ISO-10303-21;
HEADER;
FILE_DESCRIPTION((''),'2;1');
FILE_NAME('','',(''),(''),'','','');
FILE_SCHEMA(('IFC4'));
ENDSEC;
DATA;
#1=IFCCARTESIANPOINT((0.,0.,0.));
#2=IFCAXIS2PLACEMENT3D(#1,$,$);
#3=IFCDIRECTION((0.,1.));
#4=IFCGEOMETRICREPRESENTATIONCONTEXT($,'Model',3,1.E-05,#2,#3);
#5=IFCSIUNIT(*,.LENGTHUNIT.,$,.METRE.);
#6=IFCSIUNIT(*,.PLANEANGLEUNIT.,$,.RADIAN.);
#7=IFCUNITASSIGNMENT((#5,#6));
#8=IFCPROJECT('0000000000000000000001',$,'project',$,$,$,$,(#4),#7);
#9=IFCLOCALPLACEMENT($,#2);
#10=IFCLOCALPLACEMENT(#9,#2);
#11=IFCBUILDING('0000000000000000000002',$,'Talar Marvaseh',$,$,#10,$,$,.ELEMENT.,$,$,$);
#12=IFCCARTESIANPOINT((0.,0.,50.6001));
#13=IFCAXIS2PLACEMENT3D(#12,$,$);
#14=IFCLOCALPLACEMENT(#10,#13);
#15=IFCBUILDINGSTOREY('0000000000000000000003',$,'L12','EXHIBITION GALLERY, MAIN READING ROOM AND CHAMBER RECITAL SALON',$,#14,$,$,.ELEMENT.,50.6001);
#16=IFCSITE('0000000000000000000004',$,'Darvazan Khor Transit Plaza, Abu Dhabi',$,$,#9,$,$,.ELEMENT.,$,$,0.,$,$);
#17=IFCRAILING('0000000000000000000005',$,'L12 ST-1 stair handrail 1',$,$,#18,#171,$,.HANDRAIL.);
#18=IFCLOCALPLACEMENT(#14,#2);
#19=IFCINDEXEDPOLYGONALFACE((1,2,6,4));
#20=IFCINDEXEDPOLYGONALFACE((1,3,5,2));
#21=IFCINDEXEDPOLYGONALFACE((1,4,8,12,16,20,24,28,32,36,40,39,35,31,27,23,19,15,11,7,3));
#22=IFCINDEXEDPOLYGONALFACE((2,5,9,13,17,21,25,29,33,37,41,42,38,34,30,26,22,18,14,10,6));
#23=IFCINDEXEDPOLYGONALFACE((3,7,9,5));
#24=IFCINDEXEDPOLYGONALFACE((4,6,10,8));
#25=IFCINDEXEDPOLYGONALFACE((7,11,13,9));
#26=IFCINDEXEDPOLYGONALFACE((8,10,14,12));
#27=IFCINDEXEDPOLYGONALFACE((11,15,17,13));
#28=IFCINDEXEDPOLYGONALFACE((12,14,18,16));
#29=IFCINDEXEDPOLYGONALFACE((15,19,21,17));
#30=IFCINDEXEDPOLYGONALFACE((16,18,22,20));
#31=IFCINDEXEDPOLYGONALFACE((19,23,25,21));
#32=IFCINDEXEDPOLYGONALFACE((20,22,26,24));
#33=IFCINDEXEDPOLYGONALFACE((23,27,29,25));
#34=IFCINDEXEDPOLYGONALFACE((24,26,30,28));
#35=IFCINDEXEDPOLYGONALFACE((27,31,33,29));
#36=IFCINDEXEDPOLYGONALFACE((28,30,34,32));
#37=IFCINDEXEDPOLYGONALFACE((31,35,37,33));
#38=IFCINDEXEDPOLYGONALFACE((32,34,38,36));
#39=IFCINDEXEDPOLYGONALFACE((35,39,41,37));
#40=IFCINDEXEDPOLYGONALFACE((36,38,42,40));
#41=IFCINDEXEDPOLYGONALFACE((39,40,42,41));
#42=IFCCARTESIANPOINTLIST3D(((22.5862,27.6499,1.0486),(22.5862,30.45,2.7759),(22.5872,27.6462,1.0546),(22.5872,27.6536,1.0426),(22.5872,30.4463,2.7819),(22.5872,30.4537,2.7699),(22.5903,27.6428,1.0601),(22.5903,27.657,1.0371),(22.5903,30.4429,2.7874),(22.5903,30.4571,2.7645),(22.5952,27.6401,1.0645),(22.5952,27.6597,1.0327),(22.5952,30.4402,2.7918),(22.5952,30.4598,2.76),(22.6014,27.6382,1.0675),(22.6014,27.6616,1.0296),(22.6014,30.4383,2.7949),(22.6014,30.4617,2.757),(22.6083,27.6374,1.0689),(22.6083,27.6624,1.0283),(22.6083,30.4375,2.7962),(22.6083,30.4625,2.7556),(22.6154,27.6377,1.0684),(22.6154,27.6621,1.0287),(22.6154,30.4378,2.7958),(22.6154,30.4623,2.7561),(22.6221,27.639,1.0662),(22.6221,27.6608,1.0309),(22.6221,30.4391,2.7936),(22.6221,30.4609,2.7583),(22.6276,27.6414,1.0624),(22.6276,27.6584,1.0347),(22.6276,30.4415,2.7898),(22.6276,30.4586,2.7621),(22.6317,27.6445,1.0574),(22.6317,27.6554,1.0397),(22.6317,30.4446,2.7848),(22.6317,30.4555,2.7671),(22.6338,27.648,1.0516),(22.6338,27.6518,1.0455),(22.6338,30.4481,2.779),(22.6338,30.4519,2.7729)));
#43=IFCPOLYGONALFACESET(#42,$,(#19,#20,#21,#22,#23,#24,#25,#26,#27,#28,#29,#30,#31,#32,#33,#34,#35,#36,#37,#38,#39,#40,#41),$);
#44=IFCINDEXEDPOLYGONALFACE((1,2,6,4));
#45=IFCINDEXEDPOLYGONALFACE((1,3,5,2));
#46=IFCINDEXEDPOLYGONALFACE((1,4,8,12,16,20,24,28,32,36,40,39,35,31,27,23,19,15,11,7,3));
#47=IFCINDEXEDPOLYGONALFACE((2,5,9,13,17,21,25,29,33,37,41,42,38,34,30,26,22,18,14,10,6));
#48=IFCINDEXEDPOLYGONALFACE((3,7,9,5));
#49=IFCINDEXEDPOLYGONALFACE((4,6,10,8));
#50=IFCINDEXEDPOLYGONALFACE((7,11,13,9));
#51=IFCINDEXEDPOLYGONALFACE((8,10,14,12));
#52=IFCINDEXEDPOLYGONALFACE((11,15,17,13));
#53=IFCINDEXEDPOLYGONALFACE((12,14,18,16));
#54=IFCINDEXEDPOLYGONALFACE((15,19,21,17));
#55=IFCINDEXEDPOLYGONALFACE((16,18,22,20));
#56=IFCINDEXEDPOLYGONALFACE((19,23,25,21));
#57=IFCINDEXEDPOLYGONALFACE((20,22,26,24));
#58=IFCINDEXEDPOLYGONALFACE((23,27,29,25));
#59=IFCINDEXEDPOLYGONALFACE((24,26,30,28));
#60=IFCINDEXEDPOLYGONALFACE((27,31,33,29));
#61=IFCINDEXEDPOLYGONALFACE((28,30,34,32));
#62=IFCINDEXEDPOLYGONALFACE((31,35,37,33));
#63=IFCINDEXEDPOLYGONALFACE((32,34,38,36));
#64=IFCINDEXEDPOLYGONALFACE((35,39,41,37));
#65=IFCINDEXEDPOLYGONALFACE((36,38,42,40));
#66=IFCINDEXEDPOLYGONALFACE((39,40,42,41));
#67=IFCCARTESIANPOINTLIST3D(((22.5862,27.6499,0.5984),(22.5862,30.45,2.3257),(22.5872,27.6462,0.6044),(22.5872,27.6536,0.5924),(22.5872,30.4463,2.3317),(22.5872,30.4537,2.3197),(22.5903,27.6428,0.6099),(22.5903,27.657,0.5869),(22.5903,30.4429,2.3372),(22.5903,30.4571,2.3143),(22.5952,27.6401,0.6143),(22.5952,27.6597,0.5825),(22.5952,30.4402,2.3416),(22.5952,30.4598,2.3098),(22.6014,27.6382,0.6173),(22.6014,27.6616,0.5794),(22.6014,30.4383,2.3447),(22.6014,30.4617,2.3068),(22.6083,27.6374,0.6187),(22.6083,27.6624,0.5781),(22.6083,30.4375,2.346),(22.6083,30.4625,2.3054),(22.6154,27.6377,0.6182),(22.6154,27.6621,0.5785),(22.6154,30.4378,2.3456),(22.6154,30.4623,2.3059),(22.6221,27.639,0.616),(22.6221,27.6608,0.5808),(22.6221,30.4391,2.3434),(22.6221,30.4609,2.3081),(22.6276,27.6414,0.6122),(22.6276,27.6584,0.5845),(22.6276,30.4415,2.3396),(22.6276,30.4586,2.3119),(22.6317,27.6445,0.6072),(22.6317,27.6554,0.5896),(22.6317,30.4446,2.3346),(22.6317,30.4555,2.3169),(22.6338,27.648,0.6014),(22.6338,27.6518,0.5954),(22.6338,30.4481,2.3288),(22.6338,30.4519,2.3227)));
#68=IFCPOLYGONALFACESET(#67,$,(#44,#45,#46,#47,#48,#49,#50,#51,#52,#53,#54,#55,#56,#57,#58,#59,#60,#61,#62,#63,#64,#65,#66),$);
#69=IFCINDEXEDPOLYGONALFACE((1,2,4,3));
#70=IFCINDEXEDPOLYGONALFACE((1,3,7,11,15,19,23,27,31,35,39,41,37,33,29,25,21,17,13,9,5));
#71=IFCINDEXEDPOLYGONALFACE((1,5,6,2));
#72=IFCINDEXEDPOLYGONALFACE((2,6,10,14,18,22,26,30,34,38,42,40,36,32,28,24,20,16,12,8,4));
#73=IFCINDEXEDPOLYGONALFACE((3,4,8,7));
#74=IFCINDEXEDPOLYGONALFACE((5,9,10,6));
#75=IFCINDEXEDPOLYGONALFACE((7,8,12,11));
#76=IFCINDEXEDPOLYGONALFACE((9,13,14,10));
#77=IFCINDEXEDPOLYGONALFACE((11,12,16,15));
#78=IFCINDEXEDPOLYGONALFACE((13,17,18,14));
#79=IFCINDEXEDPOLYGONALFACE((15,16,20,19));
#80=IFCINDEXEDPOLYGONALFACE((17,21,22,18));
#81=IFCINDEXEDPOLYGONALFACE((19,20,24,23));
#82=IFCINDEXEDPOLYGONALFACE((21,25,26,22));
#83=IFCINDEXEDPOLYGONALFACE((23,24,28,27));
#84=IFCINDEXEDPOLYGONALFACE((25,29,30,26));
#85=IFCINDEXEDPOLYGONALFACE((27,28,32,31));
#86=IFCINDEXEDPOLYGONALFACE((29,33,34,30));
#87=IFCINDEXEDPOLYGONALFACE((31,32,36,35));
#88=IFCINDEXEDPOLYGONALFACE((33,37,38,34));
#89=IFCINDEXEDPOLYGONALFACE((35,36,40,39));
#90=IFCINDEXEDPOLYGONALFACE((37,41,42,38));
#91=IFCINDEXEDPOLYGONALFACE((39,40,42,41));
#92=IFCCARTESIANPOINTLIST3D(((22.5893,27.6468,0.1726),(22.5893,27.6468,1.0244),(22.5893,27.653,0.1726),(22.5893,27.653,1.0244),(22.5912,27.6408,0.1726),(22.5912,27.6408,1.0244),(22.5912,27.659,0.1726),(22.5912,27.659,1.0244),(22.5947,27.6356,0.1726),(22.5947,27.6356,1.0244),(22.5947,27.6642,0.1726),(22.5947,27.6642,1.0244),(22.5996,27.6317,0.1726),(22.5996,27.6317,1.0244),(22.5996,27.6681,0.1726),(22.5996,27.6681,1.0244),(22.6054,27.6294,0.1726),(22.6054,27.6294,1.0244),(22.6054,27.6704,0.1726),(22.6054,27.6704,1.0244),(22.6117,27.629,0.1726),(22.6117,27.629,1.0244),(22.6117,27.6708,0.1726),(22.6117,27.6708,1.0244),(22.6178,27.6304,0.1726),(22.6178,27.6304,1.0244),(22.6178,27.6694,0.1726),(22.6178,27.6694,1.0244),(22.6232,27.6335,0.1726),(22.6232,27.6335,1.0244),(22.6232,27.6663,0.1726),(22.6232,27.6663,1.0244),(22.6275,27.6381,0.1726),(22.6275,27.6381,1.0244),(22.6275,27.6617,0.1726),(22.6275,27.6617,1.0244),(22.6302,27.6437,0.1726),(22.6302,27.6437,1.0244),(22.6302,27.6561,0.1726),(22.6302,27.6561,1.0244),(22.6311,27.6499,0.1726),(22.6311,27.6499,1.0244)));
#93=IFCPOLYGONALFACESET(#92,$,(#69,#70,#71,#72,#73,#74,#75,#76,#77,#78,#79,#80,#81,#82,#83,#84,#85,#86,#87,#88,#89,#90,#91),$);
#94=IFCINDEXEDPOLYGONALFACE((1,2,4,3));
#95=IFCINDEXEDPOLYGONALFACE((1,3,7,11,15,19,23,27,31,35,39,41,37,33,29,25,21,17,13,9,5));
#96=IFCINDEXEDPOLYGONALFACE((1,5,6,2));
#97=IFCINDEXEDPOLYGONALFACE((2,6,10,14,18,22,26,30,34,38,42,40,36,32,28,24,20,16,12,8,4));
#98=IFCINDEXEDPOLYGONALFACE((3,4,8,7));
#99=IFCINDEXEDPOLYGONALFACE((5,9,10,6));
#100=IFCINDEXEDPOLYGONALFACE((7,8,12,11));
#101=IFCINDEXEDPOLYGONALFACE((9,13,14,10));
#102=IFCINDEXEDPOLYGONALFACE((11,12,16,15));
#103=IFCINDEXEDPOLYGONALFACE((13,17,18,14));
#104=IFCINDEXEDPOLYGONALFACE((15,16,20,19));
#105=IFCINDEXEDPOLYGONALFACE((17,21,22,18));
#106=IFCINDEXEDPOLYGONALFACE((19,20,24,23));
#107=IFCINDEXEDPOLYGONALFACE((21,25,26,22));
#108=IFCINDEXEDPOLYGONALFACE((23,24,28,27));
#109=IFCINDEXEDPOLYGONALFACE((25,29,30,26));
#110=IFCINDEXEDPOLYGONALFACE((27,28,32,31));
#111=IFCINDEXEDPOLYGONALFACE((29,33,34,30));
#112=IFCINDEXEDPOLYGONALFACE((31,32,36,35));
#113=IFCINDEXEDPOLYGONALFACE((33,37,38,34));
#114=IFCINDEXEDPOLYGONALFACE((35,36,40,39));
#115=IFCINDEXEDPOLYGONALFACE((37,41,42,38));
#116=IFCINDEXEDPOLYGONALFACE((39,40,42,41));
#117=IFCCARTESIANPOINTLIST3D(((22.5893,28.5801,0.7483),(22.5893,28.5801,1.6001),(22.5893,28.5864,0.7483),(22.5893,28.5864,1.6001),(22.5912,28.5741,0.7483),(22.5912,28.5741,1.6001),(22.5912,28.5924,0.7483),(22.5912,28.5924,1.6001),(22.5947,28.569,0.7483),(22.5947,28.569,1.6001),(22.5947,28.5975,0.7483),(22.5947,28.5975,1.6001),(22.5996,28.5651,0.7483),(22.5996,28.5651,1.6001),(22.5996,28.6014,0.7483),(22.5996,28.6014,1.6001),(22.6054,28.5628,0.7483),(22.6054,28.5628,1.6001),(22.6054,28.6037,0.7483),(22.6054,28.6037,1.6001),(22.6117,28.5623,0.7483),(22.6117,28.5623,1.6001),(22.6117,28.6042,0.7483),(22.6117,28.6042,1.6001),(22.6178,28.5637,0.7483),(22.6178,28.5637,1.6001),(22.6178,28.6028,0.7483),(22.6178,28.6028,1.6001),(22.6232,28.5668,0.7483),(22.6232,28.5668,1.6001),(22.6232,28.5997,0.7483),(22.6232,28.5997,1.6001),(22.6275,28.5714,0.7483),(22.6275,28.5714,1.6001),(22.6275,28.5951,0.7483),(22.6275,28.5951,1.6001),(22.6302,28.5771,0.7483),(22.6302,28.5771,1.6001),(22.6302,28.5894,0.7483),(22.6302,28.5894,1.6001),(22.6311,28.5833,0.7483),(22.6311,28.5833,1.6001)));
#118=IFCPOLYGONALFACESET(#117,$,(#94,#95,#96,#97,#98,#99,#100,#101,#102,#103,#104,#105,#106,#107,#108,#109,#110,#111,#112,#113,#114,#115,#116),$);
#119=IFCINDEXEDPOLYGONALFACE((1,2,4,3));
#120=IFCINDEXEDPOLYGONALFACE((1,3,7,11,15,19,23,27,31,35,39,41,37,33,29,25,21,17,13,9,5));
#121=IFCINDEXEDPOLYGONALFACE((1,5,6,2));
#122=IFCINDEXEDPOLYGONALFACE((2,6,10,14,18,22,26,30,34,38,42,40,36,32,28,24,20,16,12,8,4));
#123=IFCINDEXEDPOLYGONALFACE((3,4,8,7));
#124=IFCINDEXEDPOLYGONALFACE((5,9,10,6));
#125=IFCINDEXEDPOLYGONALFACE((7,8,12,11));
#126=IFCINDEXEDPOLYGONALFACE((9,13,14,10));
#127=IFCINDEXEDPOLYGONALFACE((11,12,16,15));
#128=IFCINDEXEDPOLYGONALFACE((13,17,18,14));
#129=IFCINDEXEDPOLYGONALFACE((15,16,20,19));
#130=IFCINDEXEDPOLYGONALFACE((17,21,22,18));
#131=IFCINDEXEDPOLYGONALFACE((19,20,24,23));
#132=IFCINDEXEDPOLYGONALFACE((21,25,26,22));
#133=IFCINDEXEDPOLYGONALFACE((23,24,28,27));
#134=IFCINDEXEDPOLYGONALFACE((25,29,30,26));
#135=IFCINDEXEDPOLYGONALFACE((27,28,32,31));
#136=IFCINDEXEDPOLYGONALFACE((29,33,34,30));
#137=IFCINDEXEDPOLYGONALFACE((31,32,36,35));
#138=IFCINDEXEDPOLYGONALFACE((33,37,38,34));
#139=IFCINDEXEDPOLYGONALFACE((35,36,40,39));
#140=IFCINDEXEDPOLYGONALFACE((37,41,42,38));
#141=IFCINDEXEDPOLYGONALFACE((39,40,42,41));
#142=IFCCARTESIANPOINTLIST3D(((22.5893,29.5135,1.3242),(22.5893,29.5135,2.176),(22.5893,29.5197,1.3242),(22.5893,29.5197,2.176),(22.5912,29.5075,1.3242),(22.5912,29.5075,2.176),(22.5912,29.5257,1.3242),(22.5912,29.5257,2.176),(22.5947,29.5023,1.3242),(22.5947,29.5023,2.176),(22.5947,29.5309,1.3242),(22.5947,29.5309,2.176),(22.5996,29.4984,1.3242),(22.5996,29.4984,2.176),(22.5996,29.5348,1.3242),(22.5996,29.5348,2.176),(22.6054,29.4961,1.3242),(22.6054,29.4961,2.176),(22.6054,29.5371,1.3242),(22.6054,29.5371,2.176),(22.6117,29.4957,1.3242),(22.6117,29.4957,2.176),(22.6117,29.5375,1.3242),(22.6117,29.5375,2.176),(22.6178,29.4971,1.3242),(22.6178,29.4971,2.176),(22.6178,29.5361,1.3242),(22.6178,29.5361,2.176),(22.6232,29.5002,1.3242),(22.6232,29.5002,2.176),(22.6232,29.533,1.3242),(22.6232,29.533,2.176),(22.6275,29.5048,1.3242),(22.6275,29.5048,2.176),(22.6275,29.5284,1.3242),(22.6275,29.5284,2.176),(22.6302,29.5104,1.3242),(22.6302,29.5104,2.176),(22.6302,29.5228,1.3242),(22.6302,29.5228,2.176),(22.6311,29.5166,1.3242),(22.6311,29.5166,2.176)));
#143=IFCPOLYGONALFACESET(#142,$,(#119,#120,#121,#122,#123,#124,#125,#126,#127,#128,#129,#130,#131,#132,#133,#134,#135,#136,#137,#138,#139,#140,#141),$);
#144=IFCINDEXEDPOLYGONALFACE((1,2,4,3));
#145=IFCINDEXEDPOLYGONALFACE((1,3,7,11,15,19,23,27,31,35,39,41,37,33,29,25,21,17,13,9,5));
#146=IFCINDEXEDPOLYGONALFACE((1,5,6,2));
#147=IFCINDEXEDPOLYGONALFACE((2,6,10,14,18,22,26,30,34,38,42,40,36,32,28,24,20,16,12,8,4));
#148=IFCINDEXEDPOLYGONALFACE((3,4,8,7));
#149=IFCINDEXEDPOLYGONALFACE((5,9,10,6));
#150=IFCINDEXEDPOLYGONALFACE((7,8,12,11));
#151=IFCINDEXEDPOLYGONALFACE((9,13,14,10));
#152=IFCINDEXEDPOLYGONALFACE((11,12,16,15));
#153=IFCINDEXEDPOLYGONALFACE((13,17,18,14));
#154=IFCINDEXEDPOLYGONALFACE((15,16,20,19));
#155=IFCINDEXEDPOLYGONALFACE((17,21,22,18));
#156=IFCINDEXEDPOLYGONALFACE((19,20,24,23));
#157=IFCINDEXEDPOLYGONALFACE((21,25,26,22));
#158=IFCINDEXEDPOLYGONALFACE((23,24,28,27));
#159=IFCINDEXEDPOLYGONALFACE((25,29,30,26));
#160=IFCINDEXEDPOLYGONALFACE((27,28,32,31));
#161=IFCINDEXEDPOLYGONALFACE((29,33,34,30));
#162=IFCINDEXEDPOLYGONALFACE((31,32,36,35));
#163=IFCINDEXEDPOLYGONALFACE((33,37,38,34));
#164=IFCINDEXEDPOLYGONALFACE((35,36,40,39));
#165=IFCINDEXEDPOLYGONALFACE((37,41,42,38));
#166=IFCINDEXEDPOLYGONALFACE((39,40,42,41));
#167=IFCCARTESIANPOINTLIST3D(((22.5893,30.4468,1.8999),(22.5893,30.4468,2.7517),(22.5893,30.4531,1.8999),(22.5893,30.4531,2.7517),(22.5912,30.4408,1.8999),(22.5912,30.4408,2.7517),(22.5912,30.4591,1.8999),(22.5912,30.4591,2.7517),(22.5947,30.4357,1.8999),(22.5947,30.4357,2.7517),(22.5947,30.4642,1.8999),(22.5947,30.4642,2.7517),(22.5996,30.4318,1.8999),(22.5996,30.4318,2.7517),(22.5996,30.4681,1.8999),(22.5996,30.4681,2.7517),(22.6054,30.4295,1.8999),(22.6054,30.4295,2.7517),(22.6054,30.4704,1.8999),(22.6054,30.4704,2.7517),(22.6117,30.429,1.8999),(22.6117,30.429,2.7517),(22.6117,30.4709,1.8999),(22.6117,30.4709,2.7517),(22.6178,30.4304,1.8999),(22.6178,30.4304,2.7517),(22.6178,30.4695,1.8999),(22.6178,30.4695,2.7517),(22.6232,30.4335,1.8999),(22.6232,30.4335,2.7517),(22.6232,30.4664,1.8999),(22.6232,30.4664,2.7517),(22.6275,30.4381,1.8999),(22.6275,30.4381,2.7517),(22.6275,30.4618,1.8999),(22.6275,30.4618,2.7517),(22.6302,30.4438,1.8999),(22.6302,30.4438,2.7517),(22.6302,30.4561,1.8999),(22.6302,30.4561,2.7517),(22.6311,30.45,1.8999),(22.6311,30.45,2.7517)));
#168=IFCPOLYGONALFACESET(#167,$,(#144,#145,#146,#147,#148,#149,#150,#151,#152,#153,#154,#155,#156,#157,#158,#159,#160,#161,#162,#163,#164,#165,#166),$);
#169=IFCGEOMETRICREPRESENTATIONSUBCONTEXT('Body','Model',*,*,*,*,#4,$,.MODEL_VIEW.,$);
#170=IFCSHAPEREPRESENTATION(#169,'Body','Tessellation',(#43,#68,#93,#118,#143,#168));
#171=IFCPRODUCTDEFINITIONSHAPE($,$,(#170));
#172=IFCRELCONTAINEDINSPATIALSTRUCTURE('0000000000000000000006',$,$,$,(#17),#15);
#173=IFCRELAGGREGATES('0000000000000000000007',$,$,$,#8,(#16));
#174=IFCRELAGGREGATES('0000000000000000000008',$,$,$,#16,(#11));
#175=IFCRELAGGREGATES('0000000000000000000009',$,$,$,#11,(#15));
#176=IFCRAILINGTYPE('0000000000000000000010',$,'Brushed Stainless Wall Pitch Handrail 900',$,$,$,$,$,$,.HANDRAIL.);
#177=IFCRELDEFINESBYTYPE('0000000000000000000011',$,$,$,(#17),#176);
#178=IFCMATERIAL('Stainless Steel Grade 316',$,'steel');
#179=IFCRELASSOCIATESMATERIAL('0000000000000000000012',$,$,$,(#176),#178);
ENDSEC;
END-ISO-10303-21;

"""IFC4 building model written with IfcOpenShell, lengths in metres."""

from ifc_helpers import new_model, si_unit, direction, frame, origin, origin_2d, place, context, subcontext, project, spatial, circle, extrude, material, type_object, element, save


model = new_model("IFC4")

# Units and contexts
model_context = context("Model", 3, precision=1e-05, world=origin(), true_north=direction((0.0, 1.0)))
body_context = subcontext(model_context, "Body", "Model", "MODEL_VIEW")
ifc_project = project(units=[si_unit("LENGTHUNIT", "METRE"), si_unit("PLANEANGLEUNIT", "RADIAN")], contexts=[model_context])

# Site, building, storey
site_placement = place(None, origin())
site = spatial("IfcSite", under=ifc_project, at=site_placement, Name="Darvazan Khor Transit Plaza, Abu Dhabi", CompositionType="ELEMENT", RefElevation=0.0)
building_placement = place(site_placement, origin())
building = spatial("IfcBuilding", under=site, at=building_placement, Name="Talar Marvaseh", CompositionType="ELEMENT")
storey_placement = place(building_placement, frame((0.0, 0.0, 50.6001)))
storey = spatial("IfcBuildingStorey", under=building, at=storey_placement, Name="L12", Description="EXHIBITION GALLERY, MAIN READING ROOM AND CHAMBER RECITAL SALON", CompositionType="ELEMENT", Elevation=50.6001)

# Railing
ifc_material_1 = material(Name="Stainless Steel Grade 316", Category="steel")
railing_type_1 = type_object("IfcRailingType", Name="Brushed Stainless Wall Pitch Handrail 900", PredefinedType="HANDRAIL", material=ifc_material_1)
railing_1_placement = place(storey_placement, frame((22.6101, 27.6499, 0.1726)))
element("IfcRailing", 1, at=railing_1_placement, inside=storey, type_object=railing_type_1, Name="L12 ST-1 stair handrail 1", PredefinedType="HANDRAIL", context=body_context, shape_type="SweptSolid", body=[
    extrude(circle(Radius=0.0239, at=origin_2d()), frame((0.0, 0.0, 0.876), z_axis=(0.0, 0.85109, 0.52502), x_axis=(-1.0, 0.0, 0.0)), (0.0, 0.0, 1.0), 3.29),
    extrude(circle(Radius=0.0239, at=origin_2d()), frame((0.0, 0.0, 0.4258), z_axis=(0.0, 0.85109, 0.52502), x_axis=(-1.0, 0.0, 0.0)), (0.0, 0.0, 1.0), 3.29),
    extrude(circle(Radius=0.021, at=origin_2d()), origin(), (0.0, 0.0, 1.0), 0.8518),
    extrude(circle(Radius=0.021, at=origin_2d()), frame((0.0, 0.9333, 0.5757)), (0.0, 0.0, 1.0), 0.8518),
    extrude(circle(Radius=0.021, at=origin_2d()), frame((0.0, 1.8667, 1.1516)), (0.0, 0.0, 1.0), 0.8518),
    extrude(circle(Radius=0.021, at=origin_2d()), frame((0.0, 2.8, 1.7273)), (0.0, 0.0, 1.0), 0.8518),
])

save(model, "model.ifc")
